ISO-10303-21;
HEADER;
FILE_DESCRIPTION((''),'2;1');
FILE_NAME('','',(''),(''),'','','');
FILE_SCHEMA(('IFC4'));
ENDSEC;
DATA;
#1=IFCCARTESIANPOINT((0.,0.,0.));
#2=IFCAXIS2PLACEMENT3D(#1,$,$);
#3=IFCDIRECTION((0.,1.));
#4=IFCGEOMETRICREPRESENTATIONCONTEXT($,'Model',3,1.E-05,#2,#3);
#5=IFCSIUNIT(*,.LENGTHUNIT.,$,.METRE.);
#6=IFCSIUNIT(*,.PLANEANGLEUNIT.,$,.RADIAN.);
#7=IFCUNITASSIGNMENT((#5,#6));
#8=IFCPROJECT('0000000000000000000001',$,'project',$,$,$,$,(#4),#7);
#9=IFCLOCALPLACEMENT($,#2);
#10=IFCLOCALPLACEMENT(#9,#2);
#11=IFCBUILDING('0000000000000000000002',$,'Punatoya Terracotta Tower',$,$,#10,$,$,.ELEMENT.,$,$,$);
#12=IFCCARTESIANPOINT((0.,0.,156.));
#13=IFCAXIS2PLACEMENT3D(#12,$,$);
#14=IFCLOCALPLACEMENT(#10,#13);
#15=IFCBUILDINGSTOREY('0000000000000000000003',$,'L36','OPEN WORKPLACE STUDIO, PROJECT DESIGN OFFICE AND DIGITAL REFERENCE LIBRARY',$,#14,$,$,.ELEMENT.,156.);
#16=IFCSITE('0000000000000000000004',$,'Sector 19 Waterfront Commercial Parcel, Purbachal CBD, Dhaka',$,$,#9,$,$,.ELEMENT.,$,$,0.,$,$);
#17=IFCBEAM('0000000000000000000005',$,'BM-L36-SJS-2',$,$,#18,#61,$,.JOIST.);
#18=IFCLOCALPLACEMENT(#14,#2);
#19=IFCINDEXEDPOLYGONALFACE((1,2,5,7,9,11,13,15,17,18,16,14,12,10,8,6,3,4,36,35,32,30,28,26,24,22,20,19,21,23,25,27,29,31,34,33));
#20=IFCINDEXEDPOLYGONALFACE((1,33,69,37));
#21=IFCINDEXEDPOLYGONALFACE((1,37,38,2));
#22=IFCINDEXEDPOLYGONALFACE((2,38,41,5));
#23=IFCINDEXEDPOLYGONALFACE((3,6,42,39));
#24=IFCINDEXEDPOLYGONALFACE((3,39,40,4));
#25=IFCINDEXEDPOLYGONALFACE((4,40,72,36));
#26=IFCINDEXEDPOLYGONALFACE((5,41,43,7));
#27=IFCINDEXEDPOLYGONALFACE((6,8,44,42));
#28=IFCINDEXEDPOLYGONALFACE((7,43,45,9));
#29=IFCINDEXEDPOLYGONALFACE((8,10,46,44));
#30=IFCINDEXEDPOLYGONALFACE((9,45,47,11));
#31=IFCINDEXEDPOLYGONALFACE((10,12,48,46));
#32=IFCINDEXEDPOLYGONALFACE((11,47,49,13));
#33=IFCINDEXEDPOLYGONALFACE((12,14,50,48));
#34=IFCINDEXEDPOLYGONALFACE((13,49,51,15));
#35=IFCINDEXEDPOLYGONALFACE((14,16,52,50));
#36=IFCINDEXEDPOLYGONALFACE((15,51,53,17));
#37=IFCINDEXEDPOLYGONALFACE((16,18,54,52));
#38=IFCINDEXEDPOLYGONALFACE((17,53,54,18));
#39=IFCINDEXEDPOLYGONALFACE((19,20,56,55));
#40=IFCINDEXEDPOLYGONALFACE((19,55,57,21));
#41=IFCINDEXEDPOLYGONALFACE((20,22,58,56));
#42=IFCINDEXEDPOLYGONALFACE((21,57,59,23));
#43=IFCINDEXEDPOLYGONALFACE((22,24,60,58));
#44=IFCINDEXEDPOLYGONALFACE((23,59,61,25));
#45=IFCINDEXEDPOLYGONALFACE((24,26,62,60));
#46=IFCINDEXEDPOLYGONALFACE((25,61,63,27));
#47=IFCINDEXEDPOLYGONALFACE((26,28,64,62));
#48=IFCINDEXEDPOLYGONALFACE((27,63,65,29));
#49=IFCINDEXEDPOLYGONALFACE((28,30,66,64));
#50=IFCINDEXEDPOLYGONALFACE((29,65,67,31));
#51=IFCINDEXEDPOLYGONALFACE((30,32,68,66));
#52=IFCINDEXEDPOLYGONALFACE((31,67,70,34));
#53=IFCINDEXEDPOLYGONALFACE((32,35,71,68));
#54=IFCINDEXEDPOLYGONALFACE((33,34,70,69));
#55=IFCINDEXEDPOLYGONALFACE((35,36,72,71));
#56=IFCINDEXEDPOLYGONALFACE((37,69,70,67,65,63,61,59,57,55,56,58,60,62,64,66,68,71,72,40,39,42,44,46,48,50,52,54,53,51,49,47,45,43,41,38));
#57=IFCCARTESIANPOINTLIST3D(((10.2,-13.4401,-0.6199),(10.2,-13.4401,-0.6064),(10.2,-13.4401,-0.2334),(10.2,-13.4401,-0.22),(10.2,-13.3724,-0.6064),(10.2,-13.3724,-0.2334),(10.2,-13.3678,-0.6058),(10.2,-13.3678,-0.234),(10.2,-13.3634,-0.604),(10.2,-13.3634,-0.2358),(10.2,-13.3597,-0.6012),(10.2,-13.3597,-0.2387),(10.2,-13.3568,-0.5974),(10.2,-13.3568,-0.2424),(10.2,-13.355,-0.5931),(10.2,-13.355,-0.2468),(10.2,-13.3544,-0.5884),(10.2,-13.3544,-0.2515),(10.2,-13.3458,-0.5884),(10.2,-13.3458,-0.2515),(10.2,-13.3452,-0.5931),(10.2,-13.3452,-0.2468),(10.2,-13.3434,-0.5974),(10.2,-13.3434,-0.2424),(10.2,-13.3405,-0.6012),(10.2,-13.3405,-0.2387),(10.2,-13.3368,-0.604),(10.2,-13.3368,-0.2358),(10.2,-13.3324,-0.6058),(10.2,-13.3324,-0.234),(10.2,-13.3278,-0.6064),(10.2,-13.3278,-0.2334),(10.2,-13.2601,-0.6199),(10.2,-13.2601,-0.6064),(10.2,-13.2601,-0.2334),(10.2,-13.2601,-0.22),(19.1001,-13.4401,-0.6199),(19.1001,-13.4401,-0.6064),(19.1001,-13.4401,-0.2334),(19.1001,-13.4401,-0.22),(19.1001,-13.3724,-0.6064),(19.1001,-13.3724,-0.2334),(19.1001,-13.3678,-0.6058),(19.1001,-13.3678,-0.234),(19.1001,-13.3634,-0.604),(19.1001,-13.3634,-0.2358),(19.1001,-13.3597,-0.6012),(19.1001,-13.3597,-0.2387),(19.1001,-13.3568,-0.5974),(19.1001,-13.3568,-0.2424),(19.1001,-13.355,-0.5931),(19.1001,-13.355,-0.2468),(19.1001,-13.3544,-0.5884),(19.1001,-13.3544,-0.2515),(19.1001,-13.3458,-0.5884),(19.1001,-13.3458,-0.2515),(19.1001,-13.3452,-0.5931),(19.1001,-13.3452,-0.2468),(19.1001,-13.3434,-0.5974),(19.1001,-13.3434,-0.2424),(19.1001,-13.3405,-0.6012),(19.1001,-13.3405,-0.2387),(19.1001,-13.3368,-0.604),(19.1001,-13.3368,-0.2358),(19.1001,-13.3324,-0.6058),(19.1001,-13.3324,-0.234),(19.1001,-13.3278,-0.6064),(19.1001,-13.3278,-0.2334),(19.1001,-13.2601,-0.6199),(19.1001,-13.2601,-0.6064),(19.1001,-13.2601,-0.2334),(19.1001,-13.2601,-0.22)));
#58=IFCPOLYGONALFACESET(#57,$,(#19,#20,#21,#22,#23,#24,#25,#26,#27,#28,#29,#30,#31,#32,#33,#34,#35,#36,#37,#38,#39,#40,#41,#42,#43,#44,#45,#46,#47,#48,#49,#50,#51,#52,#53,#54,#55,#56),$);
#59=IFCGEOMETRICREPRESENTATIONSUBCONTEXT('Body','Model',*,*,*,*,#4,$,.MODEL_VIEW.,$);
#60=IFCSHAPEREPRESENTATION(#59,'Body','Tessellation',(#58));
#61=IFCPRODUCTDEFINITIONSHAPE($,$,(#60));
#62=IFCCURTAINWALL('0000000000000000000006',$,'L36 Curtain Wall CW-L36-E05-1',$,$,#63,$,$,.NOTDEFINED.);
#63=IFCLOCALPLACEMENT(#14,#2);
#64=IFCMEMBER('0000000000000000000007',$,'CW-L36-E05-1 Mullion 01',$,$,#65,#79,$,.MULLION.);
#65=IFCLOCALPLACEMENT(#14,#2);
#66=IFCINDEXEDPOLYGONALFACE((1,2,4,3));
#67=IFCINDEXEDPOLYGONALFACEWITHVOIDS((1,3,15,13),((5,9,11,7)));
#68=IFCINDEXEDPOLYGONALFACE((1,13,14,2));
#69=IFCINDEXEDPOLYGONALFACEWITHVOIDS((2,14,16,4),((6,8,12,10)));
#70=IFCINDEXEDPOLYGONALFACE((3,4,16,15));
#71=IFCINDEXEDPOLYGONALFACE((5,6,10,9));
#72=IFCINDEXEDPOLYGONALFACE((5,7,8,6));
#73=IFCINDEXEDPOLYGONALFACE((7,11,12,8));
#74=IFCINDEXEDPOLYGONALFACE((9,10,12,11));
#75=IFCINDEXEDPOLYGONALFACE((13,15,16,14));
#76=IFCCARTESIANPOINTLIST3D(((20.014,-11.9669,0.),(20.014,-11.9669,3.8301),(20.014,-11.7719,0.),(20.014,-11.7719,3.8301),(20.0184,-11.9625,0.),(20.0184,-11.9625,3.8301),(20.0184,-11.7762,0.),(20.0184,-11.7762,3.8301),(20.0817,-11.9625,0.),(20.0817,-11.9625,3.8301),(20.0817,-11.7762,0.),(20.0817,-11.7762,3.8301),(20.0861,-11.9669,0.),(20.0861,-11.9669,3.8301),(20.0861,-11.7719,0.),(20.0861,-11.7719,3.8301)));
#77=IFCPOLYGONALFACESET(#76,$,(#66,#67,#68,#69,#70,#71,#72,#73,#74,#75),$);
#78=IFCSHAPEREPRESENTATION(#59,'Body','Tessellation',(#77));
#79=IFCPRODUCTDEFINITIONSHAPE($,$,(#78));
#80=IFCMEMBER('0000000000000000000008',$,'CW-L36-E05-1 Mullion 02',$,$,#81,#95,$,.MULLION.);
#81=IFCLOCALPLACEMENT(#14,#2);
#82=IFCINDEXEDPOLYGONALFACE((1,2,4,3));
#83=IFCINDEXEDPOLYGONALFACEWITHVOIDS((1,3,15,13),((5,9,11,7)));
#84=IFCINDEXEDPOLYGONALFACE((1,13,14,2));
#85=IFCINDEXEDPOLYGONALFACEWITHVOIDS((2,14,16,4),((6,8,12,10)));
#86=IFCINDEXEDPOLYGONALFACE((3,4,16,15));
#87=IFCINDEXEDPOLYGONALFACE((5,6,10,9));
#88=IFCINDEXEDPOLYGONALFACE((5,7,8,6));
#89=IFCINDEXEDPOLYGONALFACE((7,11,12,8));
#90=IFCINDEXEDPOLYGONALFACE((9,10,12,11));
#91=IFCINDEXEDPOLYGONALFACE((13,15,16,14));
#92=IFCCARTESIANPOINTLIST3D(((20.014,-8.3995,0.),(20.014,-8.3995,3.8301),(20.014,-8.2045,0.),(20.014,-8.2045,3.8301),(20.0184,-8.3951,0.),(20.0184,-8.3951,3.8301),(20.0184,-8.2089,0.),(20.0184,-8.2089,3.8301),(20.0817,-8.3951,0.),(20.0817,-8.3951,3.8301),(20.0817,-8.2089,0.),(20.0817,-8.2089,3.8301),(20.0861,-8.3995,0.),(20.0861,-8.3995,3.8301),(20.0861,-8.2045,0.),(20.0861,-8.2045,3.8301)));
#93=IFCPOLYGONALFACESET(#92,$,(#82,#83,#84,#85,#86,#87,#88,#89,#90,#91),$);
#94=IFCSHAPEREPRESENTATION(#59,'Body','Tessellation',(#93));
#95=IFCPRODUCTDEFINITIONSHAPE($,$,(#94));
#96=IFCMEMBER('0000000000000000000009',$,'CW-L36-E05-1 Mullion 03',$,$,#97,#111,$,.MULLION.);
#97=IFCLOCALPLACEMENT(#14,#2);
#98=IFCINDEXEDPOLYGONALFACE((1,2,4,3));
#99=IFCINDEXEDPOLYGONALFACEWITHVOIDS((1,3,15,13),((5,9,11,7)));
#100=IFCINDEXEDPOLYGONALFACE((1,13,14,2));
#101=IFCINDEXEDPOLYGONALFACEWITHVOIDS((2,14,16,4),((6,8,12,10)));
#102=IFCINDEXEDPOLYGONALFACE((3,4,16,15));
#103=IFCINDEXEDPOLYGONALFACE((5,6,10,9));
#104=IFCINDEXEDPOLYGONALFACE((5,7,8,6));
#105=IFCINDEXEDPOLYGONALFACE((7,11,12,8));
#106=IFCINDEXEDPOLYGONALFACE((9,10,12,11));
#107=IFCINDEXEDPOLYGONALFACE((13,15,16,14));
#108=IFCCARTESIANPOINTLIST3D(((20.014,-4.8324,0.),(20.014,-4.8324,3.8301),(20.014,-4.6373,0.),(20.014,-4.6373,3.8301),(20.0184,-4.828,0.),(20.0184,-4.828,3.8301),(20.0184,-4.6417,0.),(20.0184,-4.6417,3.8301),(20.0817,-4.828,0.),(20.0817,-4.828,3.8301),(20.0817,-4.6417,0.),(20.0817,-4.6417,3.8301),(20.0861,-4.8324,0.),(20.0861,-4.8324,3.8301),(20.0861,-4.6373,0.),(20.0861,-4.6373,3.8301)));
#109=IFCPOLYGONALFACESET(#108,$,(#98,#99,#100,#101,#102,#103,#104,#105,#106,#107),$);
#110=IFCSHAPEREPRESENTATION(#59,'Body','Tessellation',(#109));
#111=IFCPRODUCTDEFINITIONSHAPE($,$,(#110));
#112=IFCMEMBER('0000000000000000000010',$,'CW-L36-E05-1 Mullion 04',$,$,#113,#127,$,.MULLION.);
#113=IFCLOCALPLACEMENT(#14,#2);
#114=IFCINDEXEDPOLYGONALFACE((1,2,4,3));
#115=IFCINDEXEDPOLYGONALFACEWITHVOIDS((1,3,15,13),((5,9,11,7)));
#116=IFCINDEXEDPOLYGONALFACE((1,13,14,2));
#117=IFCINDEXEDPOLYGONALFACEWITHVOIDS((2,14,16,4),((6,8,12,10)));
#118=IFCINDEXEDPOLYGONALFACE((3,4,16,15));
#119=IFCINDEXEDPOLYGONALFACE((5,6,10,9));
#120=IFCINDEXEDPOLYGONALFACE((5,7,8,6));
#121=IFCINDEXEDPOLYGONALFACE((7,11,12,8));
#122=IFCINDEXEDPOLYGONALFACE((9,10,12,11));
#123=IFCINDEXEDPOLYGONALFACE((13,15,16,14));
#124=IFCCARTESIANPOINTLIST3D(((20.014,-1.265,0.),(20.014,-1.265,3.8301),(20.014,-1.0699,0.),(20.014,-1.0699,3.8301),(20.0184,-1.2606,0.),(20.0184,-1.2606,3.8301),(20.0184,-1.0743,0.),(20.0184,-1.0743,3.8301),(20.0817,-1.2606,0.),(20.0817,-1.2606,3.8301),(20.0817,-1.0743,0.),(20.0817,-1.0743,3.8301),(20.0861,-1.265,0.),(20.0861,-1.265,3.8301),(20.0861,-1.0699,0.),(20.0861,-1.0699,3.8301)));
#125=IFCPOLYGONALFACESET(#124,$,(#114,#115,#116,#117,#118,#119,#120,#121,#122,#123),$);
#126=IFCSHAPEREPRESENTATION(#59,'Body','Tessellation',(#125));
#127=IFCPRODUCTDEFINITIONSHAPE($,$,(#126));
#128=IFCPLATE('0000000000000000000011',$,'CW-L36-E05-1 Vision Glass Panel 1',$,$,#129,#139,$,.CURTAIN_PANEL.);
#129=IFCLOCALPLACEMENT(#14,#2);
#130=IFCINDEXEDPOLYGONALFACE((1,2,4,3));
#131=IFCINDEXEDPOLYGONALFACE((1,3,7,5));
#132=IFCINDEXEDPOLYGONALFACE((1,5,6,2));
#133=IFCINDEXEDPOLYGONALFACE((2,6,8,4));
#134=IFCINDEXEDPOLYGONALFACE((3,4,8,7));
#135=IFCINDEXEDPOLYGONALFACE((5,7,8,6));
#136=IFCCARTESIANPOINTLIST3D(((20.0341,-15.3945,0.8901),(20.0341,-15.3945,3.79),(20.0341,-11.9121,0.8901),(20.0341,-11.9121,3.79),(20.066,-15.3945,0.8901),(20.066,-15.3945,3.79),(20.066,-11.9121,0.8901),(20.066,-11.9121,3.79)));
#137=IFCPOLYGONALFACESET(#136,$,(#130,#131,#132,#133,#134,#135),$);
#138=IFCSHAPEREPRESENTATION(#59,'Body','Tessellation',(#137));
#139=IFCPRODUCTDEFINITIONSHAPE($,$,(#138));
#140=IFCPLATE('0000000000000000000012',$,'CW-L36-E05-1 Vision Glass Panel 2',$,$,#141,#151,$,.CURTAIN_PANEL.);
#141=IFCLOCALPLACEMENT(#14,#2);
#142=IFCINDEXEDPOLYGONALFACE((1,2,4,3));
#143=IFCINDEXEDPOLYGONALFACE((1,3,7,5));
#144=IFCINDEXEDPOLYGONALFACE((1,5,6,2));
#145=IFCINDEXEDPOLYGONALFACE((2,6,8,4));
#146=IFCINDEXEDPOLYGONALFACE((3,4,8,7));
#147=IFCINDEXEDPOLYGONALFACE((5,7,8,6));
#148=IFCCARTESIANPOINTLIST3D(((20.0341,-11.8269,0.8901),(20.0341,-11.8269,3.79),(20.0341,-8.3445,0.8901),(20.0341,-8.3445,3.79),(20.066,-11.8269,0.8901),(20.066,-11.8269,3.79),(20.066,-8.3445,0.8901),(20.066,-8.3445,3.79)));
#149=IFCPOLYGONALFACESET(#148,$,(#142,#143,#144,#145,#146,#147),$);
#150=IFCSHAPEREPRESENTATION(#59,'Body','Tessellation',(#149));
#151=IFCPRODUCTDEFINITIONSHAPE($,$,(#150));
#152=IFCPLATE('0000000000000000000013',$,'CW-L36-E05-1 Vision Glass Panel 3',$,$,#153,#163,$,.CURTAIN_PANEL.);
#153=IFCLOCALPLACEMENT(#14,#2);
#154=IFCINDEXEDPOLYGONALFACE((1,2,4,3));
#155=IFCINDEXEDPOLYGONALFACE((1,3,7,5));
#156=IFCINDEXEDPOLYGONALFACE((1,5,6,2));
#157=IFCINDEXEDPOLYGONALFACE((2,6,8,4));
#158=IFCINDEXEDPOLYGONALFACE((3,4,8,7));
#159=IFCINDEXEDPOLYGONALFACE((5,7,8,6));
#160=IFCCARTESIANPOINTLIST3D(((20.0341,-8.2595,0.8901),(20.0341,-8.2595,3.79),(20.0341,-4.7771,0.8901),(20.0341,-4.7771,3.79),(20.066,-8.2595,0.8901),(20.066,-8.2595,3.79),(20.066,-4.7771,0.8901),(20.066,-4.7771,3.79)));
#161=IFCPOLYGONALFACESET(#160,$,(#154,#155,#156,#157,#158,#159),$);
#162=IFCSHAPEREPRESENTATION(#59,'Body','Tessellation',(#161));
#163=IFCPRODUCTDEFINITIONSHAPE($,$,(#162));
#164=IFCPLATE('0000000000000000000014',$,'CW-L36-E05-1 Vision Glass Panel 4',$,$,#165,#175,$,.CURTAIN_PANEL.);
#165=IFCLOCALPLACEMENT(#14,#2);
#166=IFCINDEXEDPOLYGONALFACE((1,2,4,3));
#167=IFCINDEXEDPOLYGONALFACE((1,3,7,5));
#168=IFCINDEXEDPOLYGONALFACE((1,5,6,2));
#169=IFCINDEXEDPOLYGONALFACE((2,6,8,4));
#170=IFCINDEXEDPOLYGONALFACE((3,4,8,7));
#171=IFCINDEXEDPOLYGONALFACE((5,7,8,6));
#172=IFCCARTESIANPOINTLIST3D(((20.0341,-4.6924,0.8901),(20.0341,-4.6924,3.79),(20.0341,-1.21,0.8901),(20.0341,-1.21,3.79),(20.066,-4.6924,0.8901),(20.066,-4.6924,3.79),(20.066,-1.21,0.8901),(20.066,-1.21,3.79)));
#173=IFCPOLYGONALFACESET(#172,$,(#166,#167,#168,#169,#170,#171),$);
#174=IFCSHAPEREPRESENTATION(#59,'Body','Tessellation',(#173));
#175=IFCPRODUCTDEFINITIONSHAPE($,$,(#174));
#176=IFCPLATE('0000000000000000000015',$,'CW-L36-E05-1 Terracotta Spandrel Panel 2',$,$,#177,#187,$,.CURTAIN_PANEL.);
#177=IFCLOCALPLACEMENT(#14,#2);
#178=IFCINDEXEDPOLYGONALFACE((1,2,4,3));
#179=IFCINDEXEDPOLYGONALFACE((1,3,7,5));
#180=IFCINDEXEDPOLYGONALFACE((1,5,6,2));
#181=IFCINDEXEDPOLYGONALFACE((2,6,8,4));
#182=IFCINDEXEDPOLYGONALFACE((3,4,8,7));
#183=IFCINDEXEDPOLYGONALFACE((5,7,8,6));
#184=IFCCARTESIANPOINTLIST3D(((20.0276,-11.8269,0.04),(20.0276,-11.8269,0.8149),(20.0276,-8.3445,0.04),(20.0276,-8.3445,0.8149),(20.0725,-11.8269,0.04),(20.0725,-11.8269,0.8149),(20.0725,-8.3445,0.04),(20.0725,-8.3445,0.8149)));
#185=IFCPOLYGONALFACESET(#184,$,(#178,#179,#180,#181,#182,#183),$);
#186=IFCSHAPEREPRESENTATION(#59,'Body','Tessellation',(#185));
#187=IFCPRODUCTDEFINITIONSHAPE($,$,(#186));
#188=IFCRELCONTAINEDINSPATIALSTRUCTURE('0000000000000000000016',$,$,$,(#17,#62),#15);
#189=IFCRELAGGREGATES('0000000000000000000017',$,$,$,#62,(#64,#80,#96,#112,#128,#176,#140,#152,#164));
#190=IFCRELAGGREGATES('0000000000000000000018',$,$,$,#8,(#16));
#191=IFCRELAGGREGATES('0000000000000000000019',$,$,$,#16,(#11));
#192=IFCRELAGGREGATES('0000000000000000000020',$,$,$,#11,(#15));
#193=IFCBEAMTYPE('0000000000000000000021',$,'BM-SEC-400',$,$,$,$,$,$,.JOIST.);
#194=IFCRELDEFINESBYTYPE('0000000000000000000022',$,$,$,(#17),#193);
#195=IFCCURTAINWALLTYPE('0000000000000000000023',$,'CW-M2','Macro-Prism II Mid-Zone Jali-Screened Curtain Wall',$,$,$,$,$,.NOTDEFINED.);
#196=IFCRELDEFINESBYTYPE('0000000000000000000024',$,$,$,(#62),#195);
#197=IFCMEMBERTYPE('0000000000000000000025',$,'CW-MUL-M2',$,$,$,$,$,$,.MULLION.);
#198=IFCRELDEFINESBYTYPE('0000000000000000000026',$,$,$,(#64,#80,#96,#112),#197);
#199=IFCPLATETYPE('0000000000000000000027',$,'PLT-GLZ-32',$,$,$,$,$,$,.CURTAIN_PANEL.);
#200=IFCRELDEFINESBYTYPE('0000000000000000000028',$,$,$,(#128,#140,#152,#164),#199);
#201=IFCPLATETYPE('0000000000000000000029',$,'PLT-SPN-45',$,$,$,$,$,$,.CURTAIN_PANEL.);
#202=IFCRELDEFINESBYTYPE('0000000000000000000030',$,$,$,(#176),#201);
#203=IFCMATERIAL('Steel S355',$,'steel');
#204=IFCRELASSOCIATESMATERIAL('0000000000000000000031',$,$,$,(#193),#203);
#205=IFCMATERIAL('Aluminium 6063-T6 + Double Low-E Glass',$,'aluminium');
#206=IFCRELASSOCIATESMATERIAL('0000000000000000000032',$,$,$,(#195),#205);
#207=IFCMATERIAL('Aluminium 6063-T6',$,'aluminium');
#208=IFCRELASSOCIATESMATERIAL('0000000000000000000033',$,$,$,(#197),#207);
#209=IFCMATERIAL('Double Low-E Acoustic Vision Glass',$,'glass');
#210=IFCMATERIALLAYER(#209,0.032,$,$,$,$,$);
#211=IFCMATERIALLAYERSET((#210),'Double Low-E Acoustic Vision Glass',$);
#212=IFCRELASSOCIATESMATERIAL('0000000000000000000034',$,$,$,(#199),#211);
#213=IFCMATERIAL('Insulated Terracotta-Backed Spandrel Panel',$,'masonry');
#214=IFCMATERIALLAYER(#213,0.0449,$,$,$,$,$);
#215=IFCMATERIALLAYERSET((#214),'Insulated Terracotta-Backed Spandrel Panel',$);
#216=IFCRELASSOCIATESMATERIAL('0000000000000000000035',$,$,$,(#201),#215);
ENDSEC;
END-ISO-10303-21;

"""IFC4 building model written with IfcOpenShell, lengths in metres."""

from ifc_helpers import new_model, si_unit, direction, frame, origin, origin_2d, place, context, subcontext, project, spatial, rectangle, hollow_rectangle, i_section, extrude, material, layer, layer_set, material_profile, profile_set, type_object, element, aggregate, save


model = new_model("IFC4")

# Units and contexts
model_context = context("Model", 3, precision=1e-05, world=origin(), true_north=direction((0.0, 1.0)))
body_context = subcontext(model_context, "Body", "Model", "MODEL_VIEW")
ifc_project = project(units=[si_unit("LENGTHUNIT", "METRE"), si_unit("PLANEANGLEUNIT", "RADIAN")], contexts=[model_context])

# Site, building, storey
site_placement = place(None, origin())
site = spatial("IfcSite", under=ifc_project, at=site_placement, Name="Sector 19 Waterfront Commercial Parcel, Purbachal CBD, Dhaka", CompositionType="ELEMENT", RefElevation=0.0)
building_placement = place(site_placement, origin())
building = spatial("IfcBuilding", under=site, at=building_placement, Name="Punatoya Terracotta Tower", CompositionType="ELEMENT")
storey_placement = place(building_placement, frame((0.0, 0.0, 156.0)))
storey = spatial("IfcBuildingStorey", under=building, at=storey_placement, Name="L36", Description="OPEN WORKPLACE STUDIO, PROJECT DESIGN OFFICE AND DIGITAL REFERENCE LIBRARY", CompositionType="ELEMENT", Elevation=156.0)

# Beam
ifc_material_1 = material(Name="Steel S355", Category="steel")
ifc_material_profile_1 = material_profile(ifc_material_1, i_section(OverallWidth=0.1799, OverallDepth=0.3999, WebThickness=0.0085, FlangeThickness=0.0134, FilletRadius=0.0181, at=origin_2d()))
ifc_profile_set_1 = profile_set([ifc_material_profile_1], Name="Steel S355")
beam_type_1 = type_object("IfcBeamType", Name="BM-SEC-400", PredefinedType="JOIST", material=ifc_profile_set_1)
beam_1_placement = place(storey_placement, frame((10.2, -13.3501, -0.4199), z_axis=(1.0, 0.0, 0.0), x_axis=(0.0, 1.0, 0.0)))
element("IfcBeam", 1, at=beam_1_placement, inside=storey, type_object=beam_type_1, Name="BM-L36-SJS-2", PredefinedType="JOIST", context=body_context, shape_type="SweptSolid", body=[
    extrude(i_section(OverallWidth=0.1799, OverallDepth=0.3999, WebThickness=0.0085, FlangeThickness=0.0134, FilletRadius=0.0181, at=origin_2d()), origin(), (0.0, 0.0, 1.0), 8.9001),
])

# Curtain wall, members, plates
ifc_material_2 = material(Name="Aluminium 6063-T6 + Double Low-E Glass", Category="aluminium")
curtain_wall_type = type_object("IfcCurtainWallType", Name="CW-M2", Description="Macro-Prism II Mid-Zone Jali-Screened Curtain Wall", PredefinedType="NOTDEFINED", material=ifc_material_2)
curtain_wall_placement = place(storey_placement, origin())
curtain_wall = element("IfcCurtainWall", 2, at=curtain_wall_placement, inside=storey, type_object=curtain_wall_type, Name="L36 Curtain Wall CW-L36-E05-1", PredefinedType="NOTDEFINED")
ifc_material_3 = material(Name="Aluminium 6063-T6", Category="aluminium")
ifc_material_profile_2 = material_profile(ifc_material_3, hollow_rectangle(XDim=0.072, YDim=0.1951, WallThickness=0.0044, at=origin_2d()))
ifc_profile_set_2 = profile_set([ifc_material_profile_2], Name="Aluminium 6063-T6")
member_type = type_object("IfcMemberType", Name="CW-MUL-M2", PredefinedType="MULLION", material=ifc_profile_set_2)
member_1_placement = place(storey_placement, frame((20.05, -11.8694, 0.0), z_axis=(0.0, 0.0, 1.0), x_axis=(1.0, 0.0, 0.0)))
member_1 = element("IfcMember", 3, at=member_1_placement, type_object=member_type, Name="CW-L36-E05-1 Mullion 01", PredefinedType="MULLION", context=body_context, shape_type="SweptSolid", body=[
    extrude(hollow_rectangle(XDim=0.072, YDim=0.1951, WallThickness=0.0044, at=origin_2d()), origin(), (0.0, 0.0, 1.0), 3.8301),
])
member_2_placement = place(storey_placement, frame((20.05, -8.302, 0.0), z_axis=(0.0, 0.0, 1.0), x_axis=(1.0, 0.0, 0.0)))
member_2 = element("IfcMember", 4, at=member_2_placement, type_object=member_type, Name="CW-L36-E05-1 Mullion 02", PredefinedType="MULLION", context=body_context, shape_type="SweptSolid", body=[
    extrude(hollow_rectangle(XDim=0.072, YDim=0.1951, WallThickness=0.0044, at=origin_2d()), origin(), (0.0, 0.0, 1.0), 3.8301),
])
member_3_placement = place(storey_placement, frame((20.05, -4.7349, 0.0), z_axis=(0.0, 0.0, 1.0), x_axis=(1.0, 0.0, 0.0)))
member_3 = element("IfcMember", 5, at=member_3_placement, type_object=member_type, Name="CW-L36-E05-1 Mullion 03", PredefinedType="MULLION", context=body_context, shape_type="SweptSolid", body=[
    extrude(hollow_rectangle(XDim=0.072, YDim=0.1951, WallThickness=0.0044, at=origin_2d()), origin(), (0.0, 0.0, 1.0), 3.8301),
])
member_4_placement = place(storey_placement, frame((20.05, -1.1675, 0.0), z_axis=(0.0, 0.0, 1.0), x_axis=(1.0, 0.0, 0.0)))
member_4 = element("IfcMember", 6, at=member_4_placement, type_object=member_type, Name="CW-L36-E05-1 Mullion 04", PredefinedType="MULLION", context=body_context, shape_type="SweptSolid", body=[
    extrude(hollow_rectangle(XDim=0.072, YDim=0.1951, WallThickness=0.0044, at=origin_2d()), origin(), (0.0, 0.0, 1.0), 3.8301),
])
ifc_material_4 = material(Name="Double Low-E Acoustic Vision Glass", Category="glass")
ifc_layer_1 = layer(ifc_material_4, 0.032)
ifc_layer_set_1 = layer_set([ifc_layer_1], Name="Double Low-E Acoustic Vision Glass")
plate_type_1 = type_object("IfcPlateType", Name="PLT-GLZ-32", PredefinedType="CURTAIN_PANEL", material=ifc_layer_set_1)
plate_1_placement = place(storey_placement, frame((20.05, -13.6533, 0.8901), z_axis=(0.0, 0.0, 1.0), x_axis=(0.0, 1.0, 0.0)))
plate_1 = element("IfcPlate", 7, at=plate_1_placement, type_object=plate_type_1, Name="CW-L36-E05-1 Vision Glass Panel 1", PredefinedType="CURTAIN_PANEL", context=body_context, shape_type="SweptSolid", body=[
    extrude(rectangle(XDim=3.4824, YDim=0.032, at=origin_2d()), origin(), (0.0, 0.0, 1.0), 2.8999),
])
plate_2_placement = place(storey_placement, frame((20.05, -10.0857, 0.8901), z_axis=(0.0, 0.0, 1.0), x_axis=(0.0, 1.0, 0.0)))
plate_2 = element("IfcPlate", 8, at=plate_2_placement, type_object=plate_type_1, Name="CW-L36-E05-1 Vision Glass Panel 2", PredefinedType="CURTAIN_PANEL", context=body_context, shape_type="SweptSolid", body=[
    extrude(rectangle(XDim=3.4824, YDim=0.032, at=origin_2d()), origin(), (0.0, 0.0, 1.0), 2.8999),
])
plate_3_placement = place(storey_placement, frame((20.05, -6.5183, 0.8901), z_axis=(0.0, 0.0, 1.0), x_axis=(0.0, 1.0, 0.0)))
plate_3 = element("IfcPlate", 9, at=plate_3_placement, type_object=plate_type_1, Name="CW-L36-E05-1 Vision Glass Panel 3", PredefinedType="CURTAIN_PANEL", context=body_context, shape_type="SweptSolid", body=[
    extrude(rectangle(XDim=3.4824, YDim=0.032, at=origin_2d()), origin(), (0.0, 0.0, 1.0), 2.8999),
])
plate_4_placement = place(storey_placement, frame((20.05, -2.9512, 0.8901), z_axis=(0.0, 0.0, 1.0), x_axis=(0.0, 1.0, 0.0)))
plate_4 = element("IfcPlate", 10, at=plate_4_placement, type_object=plate_type_1, Name="CW-L36-E05-1 Vision Glass Panel 4", PredefinedType="CURTAIN_PANEL", context=body_context, shape_type="SweptSolid", body=[
    extrude(rectangle(XDim=3.4824, YDim=0.032, at=origin_2d()), origin(), (0.0, 0.0, 1.0), 2.8999),
])
ifc_material_5 = material(Name="Insulated Terracotta-Backed Spandrel Panel", Category="masonry")
ifc_layer_2 = layer(ifc_material_5, 0.0449)
ifc_layer_set_2 = layer_set([ifc_layer_2], Name="Insulated Terracotta-Backed Spandrel Panel")
plate_type_2 = type_object("IfcPlateType", Name="PLT-SPN-45", PredefinedType="CURTAIN_PANEL", material=ifc_layer_set_2)
plate_5_placement = place(storey_placement, frame((20.05, -10.0857, 0.04), z_axis=(0.0, 0.0, 1.0), x_axis=(0.0, 1.0, 0.0)))
plate_5 = element("IfcPlate", 11, at=plate_5_placement, type_object=plate_type_2, Name="CW-L36-E05-1 Terracotta Spandrel Panel 2", PredefinedType="CURTAIN_PANEL", context=body_context, shape_type="SweptSolid", body=[
    extrude(rectangle(XDim=3.4824, YDim=0.0449, at=origin_2d()), origin(), (0.0, 0.0, 1.0), 0.7749),
])
aggregate(curtain_wall, [member_1, member_2, member_3, member_4, plate_1, plate_5, plate_2, plate_3, plate_4])

save(model, "model.ifc")
